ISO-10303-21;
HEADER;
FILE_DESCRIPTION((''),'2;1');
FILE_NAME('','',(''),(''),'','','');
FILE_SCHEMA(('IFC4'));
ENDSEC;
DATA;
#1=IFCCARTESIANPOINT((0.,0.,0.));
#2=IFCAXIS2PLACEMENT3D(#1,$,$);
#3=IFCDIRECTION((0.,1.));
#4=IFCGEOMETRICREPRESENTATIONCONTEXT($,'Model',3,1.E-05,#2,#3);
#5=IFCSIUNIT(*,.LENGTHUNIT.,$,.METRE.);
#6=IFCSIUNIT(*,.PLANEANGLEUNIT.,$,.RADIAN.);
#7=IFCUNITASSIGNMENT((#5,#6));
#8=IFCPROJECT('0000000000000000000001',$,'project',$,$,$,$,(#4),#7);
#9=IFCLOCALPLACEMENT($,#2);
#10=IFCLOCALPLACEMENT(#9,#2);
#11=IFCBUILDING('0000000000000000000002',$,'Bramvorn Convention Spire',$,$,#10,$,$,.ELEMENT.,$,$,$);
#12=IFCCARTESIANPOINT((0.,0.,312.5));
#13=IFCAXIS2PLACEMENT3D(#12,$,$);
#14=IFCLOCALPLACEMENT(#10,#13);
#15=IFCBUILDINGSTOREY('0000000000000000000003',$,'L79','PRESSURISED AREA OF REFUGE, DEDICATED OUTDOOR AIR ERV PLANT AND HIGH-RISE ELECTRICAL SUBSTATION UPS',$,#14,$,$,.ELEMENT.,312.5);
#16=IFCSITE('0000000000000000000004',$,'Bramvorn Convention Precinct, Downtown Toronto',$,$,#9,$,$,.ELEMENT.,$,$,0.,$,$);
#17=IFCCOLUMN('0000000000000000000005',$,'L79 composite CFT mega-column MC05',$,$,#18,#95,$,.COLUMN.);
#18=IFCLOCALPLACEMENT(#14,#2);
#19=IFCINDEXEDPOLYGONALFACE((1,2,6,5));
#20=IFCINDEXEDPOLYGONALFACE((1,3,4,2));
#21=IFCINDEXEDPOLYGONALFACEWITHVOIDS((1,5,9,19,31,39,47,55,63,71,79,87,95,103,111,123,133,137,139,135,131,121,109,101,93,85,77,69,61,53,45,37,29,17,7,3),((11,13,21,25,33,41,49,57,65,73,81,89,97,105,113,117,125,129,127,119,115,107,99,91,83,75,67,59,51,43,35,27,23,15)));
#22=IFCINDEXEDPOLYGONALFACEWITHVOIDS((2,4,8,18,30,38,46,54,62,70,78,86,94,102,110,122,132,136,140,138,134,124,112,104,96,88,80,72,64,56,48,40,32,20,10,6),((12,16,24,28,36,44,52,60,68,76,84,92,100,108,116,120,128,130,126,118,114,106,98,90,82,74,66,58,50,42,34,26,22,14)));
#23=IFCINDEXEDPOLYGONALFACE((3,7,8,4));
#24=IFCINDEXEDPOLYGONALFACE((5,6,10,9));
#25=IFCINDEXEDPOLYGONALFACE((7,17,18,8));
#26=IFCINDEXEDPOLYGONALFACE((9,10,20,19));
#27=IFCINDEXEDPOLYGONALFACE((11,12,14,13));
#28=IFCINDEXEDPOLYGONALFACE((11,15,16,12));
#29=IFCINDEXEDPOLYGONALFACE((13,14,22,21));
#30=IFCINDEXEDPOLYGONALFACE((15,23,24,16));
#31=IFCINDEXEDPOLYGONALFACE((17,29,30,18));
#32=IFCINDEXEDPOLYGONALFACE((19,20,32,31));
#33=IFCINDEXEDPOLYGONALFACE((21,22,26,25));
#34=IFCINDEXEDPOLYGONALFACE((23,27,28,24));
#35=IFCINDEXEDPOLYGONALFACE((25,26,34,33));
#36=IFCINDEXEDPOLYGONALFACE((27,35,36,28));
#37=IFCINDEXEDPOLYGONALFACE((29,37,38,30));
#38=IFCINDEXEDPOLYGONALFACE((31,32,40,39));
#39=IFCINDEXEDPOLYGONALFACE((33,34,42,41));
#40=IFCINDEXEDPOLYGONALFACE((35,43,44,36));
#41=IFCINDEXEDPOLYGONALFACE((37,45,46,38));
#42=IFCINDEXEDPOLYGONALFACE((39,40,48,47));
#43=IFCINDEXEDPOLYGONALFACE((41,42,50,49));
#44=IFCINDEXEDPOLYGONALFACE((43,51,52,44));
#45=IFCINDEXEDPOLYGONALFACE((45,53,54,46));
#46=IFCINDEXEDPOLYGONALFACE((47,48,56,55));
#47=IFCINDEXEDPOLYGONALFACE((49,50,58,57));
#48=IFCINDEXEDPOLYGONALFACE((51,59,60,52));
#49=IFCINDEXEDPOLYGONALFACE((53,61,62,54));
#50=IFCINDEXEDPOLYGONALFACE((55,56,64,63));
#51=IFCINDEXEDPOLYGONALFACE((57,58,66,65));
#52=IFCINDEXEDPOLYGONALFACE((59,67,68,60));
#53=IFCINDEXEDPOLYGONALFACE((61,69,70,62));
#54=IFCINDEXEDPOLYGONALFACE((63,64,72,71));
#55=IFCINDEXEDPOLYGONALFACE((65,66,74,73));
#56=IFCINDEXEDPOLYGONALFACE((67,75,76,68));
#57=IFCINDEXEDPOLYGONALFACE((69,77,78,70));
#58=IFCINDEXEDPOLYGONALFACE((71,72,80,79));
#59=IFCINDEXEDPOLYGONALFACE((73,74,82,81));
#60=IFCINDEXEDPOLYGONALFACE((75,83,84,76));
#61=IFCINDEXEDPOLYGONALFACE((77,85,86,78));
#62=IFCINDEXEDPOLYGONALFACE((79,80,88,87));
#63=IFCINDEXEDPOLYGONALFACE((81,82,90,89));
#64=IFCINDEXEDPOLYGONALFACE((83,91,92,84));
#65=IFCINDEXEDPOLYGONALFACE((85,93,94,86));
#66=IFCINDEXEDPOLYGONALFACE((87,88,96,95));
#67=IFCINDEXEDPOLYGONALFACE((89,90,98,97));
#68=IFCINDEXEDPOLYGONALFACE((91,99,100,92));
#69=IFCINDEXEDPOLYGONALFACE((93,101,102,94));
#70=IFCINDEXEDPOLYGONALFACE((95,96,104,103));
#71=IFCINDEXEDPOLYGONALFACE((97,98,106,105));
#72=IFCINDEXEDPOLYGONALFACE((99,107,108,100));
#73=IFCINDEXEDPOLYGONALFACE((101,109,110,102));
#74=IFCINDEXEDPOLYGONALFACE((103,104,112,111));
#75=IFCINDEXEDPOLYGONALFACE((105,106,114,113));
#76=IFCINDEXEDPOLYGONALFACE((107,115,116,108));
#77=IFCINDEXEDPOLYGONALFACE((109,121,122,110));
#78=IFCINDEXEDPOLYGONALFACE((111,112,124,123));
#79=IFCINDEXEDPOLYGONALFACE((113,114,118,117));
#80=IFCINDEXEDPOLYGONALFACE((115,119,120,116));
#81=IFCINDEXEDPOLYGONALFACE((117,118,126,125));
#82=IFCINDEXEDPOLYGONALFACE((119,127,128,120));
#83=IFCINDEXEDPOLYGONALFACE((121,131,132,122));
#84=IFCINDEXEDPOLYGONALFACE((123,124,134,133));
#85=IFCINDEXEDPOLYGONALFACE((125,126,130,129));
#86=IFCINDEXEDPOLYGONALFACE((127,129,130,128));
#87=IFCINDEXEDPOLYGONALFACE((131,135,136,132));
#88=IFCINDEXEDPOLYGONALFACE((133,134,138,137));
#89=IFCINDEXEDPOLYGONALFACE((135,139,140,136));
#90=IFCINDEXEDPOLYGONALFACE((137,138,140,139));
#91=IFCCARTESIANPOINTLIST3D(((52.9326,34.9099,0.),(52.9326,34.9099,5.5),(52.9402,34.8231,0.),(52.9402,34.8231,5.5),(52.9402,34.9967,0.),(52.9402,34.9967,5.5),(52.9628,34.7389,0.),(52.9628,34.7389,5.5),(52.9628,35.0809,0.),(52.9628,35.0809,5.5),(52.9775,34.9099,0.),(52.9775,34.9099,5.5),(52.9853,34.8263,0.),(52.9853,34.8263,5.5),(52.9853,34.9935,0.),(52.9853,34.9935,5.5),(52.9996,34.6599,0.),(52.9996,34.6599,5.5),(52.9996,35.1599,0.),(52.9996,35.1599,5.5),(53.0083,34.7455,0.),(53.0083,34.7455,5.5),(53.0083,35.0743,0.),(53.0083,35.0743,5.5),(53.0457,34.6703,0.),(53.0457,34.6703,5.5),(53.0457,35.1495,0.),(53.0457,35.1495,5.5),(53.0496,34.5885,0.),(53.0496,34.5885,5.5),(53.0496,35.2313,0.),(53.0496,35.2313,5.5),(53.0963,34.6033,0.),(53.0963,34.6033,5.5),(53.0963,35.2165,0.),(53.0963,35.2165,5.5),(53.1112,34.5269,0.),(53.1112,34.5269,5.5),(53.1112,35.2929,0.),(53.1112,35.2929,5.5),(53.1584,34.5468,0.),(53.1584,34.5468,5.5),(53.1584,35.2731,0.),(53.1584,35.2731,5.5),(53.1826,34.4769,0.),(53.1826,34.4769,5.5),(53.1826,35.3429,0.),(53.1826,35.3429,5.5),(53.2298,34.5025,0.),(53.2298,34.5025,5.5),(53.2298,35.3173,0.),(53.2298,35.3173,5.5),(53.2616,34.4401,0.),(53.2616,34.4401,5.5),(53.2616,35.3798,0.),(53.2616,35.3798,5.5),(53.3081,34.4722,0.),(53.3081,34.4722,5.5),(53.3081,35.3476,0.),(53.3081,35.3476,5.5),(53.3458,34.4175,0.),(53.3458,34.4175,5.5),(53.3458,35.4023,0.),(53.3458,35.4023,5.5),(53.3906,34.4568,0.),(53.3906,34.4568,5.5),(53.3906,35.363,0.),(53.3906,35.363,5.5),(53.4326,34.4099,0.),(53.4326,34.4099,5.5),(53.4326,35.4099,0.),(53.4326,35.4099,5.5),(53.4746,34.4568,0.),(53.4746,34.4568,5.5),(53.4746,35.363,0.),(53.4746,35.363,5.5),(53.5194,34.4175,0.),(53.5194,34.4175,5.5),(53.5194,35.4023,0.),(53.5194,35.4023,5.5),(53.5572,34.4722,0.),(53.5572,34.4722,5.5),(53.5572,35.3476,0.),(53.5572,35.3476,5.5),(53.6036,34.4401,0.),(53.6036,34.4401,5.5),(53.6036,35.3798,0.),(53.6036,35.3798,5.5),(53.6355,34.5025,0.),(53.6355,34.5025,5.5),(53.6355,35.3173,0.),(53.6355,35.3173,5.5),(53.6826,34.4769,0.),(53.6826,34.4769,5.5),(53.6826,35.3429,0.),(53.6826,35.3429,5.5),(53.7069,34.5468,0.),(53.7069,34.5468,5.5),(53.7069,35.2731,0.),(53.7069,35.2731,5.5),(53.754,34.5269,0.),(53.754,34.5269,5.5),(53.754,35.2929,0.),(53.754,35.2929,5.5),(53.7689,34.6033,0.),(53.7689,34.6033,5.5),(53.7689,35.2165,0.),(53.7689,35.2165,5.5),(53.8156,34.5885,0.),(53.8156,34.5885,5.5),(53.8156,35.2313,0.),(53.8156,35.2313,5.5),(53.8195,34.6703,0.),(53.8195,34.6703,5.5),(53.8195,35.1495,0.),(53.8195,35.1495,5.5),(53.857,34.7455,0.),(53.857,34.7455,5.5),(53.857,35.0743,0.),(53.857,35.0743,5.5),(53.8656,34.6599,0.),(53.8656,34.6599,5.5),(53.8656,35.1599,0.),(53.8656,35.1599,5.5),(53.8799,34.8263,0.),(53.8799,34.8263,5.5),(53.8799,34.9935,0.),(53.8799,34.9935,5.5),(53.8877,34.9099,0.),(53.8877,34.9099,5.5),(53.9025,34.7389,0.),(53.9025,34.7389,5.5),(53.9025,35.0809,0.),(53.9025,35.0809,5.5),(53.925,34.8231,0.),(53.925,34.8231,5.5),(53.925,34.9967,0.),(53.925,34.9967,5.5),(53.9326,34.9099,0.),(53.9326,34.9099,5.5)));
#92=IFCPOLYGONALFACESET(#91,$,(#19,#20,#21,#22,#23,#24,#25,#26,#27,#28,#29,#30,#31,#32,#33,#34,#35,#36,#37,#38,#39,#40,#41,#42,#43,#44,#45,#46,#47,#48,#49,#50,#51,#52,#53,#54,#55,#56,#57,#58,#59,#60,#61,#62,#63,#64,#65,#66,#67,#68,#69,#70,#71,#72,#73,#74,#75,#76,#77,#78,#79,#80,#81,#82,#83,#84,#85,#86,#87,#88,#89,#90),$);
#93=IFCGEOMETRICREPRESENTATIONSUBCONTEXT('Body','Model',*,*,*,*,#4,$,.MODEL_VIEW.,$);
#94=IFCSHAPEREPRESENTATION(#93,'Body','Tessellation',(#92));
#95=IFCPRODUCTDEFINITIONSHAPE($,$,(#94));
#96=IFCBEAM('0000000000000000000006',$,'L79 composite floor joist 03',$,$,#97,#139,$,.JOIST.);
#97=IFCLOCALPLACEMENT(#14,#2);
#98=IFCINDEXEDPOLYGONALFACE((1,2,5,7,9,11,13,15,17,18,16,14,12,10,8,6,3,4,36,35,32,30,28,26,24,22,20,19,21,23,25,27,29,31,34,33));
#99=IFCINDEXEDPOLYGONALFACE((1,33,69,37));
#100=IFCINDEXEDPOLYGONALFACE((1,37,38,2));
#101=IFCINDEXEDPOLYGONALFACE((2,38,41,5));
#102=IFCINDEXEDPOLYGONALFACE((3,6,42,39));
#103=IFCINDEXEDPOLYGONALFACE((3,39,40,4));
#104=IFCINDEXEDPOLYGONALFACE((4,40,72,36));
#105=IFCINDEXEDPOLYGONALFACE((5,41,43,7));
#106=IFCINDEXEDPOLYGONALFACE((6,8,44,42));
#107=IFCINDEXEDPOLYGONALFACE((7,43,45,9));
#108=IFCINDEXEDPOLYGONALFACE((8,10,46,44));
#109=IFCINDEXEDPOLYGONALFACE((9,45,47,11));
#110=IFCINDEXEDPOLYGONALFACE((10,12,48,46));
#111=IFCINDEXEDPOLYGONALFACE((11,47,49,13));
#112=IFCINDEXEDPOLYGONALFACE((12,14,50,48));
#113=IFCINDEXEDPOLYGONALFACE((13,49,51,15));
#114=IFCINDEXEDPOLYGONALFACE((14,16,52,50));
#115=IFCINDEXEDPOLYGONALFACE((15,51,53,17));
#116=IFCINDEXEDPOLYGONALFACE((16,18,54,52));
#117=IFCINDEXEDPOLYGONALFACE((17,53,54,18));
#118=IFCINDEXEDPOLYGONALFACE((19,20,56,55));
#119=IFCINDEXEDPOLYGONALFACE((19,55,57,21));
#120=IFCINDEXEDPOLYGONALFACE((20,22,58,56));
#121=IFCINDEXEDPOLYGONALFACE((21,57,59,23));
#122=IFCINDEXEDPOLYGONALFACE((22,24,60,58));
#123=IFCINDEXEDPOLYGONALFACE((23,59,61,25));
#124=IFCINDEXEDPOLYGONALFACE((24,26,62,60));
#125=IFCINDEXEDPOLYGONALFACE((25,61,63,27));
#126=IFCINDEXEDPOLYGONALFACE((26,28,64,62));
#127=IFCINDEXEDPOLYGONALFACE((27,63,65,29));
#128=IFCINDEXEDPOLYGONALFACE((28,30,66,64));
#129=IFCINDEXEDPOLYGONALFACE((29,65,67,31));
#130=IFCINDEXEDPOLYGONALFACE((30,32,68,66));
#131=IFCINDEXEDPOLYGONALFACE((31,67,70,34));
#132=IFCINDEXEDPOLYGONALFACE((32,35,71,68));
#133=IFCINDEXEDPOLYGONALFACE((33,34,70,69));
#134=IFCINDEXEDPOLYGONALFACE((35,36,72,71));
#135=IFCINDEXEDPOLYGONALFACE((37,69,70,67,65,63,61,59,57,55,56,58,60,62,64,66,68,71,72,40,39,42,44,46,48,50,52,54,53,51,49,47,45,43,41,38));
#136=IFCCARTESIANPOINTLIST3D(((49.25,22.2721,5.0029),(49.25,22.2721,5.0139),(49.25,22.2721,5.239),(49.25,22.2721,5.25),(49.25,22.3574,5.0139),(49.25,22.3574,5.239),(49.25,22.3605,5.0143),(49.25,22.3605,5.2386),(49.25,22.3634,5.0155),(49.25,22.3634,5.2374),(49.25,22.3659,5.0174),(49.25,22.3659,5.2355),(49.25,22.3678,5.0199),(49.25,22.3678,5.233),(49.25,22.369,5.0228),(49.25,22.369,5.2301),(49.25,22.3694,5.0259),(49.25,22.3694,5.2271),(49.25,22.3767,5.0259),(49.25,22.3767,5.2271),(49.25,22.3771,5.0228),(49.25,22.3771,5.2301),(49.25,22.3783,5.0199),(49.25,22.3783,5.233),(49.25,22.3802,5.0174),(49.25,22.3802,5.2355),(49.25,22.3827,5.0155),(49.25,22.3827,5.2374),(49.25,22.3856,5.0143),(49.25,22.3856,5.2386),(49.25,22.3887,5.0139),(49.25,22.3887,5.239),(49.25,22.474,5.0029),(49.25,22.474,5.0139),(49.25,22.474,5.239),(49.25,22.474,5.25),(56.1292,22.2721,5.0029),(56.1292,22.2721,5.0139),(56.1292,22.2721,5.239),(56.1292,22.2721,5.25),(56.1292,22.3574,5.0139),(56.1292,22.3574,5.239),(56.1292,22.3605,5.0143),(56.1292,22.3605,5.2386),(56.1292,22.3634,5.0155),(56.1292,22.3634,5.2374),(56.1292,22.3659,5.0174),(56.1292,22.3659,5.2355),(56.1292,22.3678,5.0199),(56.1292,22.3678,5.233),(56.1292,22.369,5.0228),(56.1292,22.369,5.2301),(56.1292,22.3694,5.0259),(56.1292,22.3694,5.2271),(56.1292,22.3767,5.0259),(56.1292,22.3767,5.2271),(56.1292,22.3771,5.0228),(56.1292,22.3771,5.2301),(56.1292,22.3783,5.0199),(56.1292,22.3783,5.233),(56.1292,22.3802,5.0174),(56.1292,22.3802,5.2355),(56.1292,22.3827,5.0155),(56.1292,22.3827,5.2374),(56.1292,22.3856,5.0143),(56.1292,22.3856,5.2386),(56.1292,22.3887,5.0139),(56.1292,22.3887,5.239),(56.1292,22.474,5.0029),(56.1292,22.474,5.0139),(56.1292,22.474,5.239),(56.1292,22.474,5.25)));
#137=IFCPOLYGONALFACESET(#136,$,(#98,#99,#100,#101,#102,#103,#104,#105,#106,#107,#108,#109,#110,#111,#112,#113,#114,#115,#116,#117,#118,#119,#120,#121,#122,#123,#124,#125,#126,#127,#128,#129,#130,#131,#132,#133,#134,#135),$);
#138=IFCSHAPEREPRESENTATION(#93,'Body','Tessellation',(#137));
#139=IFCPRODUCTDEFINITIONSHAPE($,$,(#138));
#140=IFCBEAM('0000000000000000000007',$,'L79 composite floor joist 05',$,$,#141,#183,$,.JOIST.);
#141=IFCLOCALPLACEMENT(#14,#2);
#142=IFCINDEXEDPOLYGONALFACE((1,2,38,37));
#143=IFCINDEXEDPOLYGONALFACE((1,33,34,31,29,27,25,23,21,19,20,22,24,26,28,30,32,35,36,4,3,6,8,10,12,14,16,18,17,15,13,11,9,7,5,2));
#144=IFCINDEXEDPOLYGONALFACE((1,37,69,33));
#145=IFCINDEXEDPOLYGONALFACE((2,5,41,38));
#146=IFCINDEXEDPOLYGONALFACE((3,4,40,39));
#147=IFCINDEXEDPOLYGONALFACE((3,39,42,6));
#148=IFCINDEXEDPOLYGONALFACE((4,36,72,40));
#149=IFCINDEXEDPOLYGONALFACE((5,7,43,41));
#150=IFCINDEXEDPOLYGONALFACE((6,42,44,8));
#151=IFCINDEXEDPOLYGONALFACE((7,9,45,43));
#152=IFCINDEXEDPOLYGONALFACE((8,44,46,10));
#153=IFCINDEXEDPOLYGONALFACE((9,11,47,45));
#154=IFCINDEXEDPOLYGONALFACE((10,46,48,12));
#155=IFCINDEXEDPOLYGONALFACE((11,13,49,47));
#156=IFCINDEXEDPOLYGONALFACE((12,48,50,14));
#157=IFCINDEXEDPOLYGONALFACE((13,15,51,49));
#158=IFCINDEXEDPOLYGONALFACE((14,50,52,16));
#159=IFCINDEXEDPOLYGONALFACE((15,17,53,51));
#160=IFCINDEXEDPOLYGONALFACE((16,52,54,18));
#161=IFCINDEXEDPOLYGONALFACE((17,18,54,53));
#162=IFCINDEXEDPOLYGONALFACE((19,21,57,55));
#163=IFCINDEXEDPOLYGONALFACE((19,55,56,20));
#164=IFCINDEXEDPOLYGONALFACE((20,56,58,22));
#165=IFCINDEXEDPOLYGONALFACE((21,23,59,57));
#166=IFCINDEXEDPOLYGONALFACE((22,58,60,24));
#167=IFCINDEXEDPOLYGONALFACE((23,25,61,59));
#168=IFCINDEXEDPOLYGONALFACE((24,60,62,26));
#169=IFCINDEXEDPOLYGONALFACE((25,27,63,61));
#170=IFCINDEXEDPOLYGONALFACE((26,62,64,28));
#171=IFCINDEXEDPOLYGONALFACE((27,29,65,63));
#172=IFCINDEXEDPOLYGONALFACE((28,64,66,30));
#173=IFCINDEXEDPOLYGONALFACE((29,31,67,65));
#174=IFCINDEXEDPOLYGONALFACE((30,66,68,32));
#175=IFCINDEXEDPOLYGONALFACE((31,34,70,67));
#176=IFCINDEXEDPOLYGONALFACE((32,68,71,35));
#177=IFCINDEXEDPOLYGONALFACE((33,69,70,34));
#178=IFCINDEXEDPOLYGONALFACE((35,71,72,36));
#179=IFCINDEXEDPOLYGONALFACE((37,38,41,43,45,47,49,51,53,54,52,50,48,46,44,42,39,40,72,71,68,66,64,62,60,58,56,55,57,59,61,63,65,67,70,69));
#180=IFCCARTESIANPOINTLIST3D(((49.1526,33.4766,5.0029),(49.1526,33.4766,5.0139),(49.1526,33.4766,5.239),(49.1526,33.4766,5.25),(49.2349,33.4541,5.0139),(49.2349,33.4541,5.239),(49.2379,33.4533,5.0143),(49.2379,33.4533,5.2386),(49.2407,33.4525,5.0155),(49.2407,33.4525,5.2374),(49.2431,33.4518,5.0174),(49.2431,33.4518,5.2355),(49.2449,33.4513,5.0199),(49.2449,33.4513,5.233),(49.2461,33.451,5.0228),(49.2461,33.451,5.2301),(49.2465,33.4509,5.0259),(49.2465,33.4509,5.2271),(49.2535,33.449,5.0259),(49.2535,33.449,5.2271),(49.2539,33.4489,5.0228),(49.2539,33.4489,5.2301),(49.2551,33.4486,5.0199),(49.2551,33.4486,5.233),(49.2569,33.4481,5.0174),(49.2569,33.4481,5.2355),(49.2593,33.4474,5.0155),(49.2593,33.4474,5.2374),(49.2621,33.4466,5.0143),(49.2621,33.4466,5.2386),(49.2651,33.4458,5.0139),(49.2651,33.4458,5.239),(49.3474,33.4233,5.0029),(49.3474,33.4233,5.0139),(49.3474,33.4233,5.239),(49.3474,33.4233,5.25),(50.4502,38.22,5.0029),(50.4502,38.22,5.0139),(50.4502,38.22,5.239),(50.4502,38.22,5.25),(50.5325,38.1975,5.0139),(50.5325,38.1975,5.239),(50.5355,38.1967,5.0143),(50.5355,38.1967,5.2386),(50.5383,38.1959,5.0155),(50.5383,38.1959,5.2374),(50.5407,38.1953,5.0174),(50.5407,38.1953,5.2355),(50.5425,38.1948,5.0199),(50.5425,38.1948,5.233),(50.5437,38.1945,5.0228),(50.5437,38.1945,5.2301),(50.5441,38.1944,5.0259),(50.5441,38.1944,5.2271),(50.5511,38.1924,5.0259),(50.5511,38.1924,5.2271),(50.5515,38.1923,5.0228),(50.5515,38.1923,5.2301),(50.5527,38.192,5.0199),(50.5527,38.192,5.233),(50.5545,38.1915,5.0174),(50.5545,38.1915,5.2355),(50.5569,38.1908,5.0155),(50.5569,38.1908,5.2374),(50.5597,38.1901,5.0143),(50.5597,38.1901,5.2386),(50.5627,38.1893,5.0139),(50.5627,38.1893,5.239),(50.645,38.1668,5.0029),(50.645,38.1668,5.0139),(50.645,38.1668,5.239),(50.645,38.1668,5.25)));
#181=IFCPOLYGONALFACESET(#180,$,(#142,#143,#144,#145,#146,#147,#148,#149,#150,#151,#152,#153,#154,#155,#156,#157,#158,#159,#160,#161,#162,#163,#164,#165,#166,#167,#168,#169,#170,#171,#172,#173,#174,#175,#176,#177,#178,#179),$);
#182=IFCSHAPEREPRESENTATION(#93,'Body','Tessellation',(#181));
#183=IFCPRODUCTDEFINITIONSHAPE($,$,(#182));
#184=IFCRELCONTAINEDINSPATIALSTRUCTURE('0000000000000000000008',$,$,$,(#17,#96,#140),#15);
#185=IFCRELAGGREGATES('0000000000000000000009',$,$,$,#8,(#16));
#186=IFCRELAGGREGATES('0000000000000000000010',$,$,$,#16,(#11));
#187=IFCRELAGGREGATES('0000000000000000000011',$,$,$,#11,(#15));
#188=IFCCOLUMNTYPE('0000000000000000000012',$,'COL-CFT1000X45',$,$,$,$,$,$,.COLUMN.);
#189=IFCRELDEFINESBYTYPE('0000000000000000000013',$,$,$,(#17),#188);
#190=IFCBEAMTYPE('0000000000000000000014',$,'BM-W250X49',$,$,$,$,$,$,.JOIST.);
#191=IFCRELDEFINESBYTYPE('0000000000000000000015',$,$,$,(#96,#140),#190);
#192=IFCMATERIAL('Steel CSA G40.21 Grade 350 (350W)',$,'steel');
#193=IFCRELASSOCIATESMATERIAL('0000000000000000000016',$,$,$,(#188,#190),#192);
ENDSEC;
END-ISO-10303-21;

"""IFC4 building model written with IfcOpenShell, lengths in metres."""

from ifc_helpers import new_model, si_unit, direction, frame, origin, origin_2d, place, context, subcontext, project, spatial, hollow_circle, i_section, extrude, material, material_profile, profile_set, type_object, element, save


model = new_model("IFC4")

# Units and contexts
model_context = context("Model", 3, precision=1e-05, world=origin(), true_north=direction((0.0, 1.0)))
body_context = subcontext(model_context, "Body", "Model", "MODEL_VIEW")
ifc_project = project(units=[si_unit("LENGTHUNIT", "METRE"), si_unit("PLANEANGLEUNIT", "RADIAN")], contexts=[model_context])

# Site, building, storey
site_placement = place(None, origin())
site = spatial("IfcSite", under=ifc_project, at=site_placement, Name="Bramvorn Convention Precinct, Downtown Toronto", CompositionType="ELEMENT", RefElevation=0.0)
building_placement = place(site_placement, origin())
building = spatial("IfcBuilding", under=site, at=building_placement, Name="Bramvorn Convention Spire", CompositionType="ELEMENT")
storey_placement = place(building_placement, frame((0.0, 0.0, 312.5)))
storey = spatial("IfcBuildingStorey", under=building, at=storey_placement, Name="L79", Description="PRESSURISED AREA OF REFUGE, DEDICATED OUTDOOR AIR ERV PLANT AND HIGH-RISE ELECTRICAL SUBSTATION UPS", CompositionType="ELEMENT", Elevation=312.5)

# Column
ifc_material_1 = material(Name="Steel CSA G40.21 Grade 350 (350W)", Category="steel")
ifc_material_profile_1 = material_profile(ifc_material_1, hollow_circle(Radius=0.5, WallThickness=0.0449, at=origin_2d()))
ifc_profile_set_1 = profile_set([ifc_material_profile_1], Name="Steel CSA G40.21 Grade 350 (350W) - CFT1000X45")
column_type = type_object("IfcColumnType", Name="COL-CFT1000X45", PredefinedType="COLUMN", material=ifc_profile_set_1)
column_placement = place(storey_placement, frame((53.4326, 34.9099, 0.0), z_axis=(0.0, 0.0, 1.0), x_axis=(1.0, 0.0, 0.0)))
element("IfcColumn", 1, at=column_placement, inside=storey, type_object=column_type, Name="L79 composite CFT mega-column MC05", PredefinedType="COLUMN", context=body_context, shape_type="SweptSolid", body=[
    extrude(hollow_circle(Radius=0.5, WallThickness=0.0449, at=origin_2d()), origin(), (0.0, 0.0, 1.0), 5.5),
])

# Beams
ifc_material_profile_2 = material_profile(ifc_material_1, i_section(OverallWidth=0.2019, OverallDepth=0.2471, WebThickness=0.0073, FlangeThickness=0.011, FilletRadius=0.012, at=origin_2d()))
ifc_profile_set_2 = profile_set([ifc_material_profile_2], Name="Steel CSA G40.21 Grade 350 (350W) - W250X49")
beam_type_1 = type_object("IfcBeamType", Name="BM-W250X49", PredefinedType="JOIST", material=ifc_profile_set_2)
beam_1_placement = place(storey_placement, frame((49.25, 22.373, 5.1265), z_axis=(1.0, 0.0, 0.0), x_axis=(0.0, 1.0, 0.0)))
element("IfcBeam", 2, at=beam_1_placement, inside=storey, type_object=beam_type_1, Name="L79 composite floor joist 03", PredefinedType="JOIST", context=body_context, shape_type="SweptSolid", body=[
    extrude(i_section(OverallWidth=0.2019, OverallDepth=0.2471, WebThickness=0.0073, FlangeThickness=0.011, FilletRadius=0.012, at=origin_2d()), origin(), (0.0, 0.0, 1.0), 6.8792),
])
beam_2_placement = place(storey_placement, frame((49.25, 33.45, 5.1265), z_axis=(0.263865, 0.96456, 0.0), x_axis=(-0.96456, 0.263865, 0.0)))
element("IfcBeam", 3, at=beam_2_placement, inside=storey, type_object=beam_type_1, Name="L79 composite floor joist 05", PredefinedType="JOIST", context=body_context, shape_type="SweptSolid", body=[
    extrude(i_section(OverallWidth=0.2019, OverallDepth=0.2471, WebThickness=0.0073, FlangeThickness=0.011, FilletRadius=0.012, at=origin_2d()), origin(), (0.0, 0.0, 1.0), 4.9177),
])

save(model, "model.ifc")
